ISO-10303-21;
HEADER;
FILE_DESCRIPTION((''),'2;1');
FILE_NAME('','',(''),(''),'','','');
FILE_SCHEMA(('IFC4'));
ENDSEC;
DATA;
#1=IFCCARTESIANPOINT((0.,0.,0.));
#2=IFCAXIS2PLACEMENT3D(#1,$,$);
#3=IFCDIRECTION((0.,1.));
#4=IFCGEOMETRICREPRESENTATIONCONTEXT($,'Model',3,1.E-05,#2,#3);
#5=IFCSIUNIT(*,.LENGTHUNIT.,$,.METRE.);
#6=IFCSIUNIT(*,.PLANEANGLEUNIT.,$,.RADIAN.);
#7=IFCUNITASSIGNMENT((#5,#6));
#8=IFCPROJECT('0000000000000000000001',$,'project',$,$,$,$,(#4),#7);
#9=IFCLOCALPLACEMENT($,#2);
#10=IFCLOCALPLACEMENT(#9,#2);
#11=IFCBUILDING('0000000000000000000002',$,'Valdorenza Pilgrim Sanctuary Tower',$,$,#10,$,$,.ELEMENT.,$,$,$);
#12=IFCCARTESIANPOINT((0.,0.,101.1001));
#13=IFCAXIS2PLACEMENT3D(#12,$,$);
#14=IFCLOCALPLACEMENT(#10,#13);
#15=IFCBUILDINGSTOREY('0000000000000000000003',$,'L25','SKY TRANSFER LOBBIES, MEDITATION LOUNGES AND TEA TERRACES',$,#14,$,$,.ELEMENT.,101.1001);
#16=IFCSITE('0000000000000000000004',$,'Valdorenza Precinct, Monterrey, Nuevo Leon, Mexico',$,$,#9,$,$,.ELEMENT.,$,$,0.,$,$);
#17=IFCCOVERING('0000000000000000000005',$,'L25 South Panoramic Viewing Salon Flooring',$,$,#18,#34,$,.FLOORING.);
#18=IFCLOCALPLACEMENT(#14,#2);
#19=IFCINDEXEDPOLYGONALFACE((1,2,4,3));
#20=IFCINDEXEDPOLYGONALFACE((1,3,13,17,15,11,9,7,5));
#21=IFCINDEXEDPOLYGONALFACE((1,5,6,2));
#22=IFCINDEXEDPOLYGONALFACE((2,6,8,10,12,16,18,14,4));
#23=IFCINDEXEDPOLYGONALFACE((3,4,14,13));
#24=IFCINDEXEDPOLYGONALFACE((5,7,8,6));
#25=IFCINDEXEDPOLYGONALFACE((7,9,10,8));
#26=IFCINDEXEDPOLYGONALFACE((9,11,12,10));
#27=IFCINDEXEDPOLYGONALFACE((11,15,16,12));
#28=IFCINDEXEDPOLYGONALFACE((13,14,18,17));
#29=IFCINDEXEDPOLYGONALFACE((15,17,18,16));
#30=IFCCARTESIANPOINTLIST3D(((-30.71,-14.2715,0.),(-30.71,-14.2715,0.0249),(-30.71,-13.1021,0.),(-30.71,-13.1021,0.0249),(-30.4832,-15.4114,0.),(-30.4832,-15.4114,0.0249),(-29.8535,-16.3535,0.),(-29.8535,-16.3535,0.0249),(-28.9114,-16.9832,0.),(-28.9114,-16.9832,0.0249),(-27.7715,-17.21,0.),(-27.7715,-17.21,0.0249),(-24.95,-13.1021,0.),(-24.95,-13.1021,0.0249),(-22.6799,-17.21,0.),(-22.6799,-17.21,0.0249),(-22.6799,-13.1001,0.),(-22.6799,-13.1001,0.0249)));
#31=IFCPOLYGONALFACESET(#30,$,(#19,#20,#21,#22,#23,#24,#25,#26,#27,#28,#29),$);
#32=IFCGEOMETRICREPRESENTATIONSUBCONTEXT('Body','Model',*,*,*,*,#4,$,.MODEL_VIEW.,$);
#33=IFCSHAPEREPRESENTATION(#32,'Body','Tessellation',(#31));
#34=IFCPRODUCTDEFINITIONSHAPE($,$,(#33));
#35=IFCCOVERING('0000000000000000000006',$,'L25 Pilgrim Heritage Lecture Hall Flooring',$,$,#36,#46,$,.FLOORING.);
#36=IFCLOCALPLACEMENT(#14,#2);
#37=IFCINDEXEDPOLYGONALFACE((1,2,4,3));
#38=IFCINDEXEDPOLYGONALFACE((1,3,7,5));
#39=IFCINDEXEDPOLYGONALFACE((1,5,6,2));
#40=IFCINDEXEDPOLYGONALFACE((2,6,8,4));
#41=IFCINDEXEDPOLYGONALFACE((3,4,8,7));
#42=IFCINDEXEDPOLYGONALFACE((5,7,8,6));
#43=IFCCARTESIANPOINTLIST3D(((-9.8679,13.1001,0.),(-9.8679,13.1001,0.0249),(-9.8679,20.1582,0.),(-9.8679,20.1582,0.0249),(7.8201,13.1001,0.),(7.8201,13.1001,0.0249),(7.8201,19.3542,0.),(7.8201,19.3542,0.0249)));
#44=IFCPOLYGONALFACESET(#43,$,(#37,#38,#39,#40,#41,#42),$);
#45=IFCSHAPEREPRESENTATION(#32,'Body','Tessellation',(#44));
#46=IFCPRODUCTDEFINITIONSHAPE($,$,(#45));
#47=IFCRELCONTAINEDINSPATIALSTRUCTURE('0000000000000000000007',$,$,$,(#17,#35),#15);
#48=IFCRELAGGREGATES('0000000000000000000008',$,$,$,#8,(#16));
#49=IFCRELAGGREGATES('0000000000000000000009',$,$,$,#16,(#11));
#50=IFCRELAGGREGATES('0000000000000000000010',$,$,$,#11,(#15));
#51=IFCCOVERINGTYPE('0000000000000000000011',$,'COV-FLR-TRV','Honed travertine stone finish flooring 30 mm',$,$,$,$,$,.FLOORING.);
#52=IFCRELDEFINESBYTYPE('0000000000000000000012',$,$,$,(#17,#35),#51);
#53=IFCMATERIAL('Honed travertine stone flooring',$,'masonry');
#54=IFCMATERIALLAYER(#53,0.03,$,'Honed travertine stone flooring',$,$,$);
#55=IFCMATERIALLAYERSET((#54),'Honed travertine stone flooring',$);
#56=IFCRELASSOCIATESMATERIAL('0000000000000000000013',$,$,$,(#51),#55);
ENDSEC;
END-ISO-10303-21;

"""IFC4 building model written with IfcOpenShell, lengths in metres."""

from ifc_helpers import new_model, si_unit, direction, frame, origin, place, context, subcontext, project, spatial, polyline, outline, extrude, material, layer, layer_set, type_object, element, save


model = new_model("IFC4")

# Units and contexts
model_context = context("Model", 3, precision=1e-05, world=origin(), true_north=direction((0.0, 1.0)))
body_context = subcontext(model_context, "Body", "Model", "MODEL_VIEW")
ifc_project = project(units=[si_unit("LENGTHUNIT", "METRE"), si_unit("PLANEANGLEUNIT", "RADIAN")], contexts=[model_context])

# Site, building, storey
site_placement = place(None, origin())
site = spatial("IfcSite", under=ifc_project, at=site_placement, Name="Valdorenza Precinct, Monterrey, Nuevo Leon, Mexico", CompositionType="ELEMENT", RefElevation=0.0)
building_placement = place(site_placement, origin())
building = spatial("IfcBuilding", under=site, at=building_placement, Name="Valdorenza Pilgrim Sanctuary Tower", CompositionType="ELEMENT")
storey_placement = place(building_placement, frame((0.0, 0.0, 101.1001)))
storey = spatial("IfcBuildingStorey", under=building, at=storey_placement, Name="L25", Description="SKY TRANSFER LOBBIES, MEDITATION LOUNGES AND TEA TERRACES", CompositionType="ELEMENT", Elevation=101.1001)

# Coverings
ifc_material_1 = material(Name="Honed travertine stone flooring", Category="masonry")
ifc_layer_1 = layer(ifc_material_1, 0.03, Name="Honed travertine stone flooring")
ifc_layer_set_1 = layer_set([ifc_layer_1], Name="Honed travertine stone flooring")
covering_type_1 = type_object("IfcCoveringType", Name="COV-FLR-TRV", Description="Honed travertine stone finish flooring 30 mm", PredefinedType="FLOORING", material=ifc_layer_set_1)
covering_1_placement = place(storey_placement, origin())
element("IfcCovering", 1, at=covering_1_placement, inside=storey, type_object=covering_type_1, Name="L25 South Panoramic Viewing Salon Flooring", PredefinedType="FLOORING", context=body_context, shape_type="SweptSolid", body=[
    extrude(outline(polyline([(-22.6799, -17.21), (-27.7715, -17.21), (-28.9114, -16.9832), (-29.8535, -16.3535), (-30.4832, -15.4114), (-30.71, -14.2715), (-30.71, -13.1021), (-24.95, -13.1021), (-22.6799, -13.1001), (-22.6799, -17.21)])), origin(), (0.0, 0.0, 1.0), 0.0249),
])
covering_2_placement = place(storey_placement, origin())
element("IfcCovering", 2, at=covering_2_placement, inside=storey, type_object=covering_type_1, Name="L25 Pilgrim Heritage Lecture Hall Flooring", PredefinedType="FLOORING", context=body_context, shape_type="SweptSolid", body=[
    extrude(outline(polyline([(-9.8679, 13.1001), (-9.8679, 20.1582), (7.8201, 19.3542), (7.8201, 13.1001), (-9.8679, 13.1001)])), origin(), (0.0, 0.0, 1.0), 0.0249),
])

save(model, "model.ifc")
